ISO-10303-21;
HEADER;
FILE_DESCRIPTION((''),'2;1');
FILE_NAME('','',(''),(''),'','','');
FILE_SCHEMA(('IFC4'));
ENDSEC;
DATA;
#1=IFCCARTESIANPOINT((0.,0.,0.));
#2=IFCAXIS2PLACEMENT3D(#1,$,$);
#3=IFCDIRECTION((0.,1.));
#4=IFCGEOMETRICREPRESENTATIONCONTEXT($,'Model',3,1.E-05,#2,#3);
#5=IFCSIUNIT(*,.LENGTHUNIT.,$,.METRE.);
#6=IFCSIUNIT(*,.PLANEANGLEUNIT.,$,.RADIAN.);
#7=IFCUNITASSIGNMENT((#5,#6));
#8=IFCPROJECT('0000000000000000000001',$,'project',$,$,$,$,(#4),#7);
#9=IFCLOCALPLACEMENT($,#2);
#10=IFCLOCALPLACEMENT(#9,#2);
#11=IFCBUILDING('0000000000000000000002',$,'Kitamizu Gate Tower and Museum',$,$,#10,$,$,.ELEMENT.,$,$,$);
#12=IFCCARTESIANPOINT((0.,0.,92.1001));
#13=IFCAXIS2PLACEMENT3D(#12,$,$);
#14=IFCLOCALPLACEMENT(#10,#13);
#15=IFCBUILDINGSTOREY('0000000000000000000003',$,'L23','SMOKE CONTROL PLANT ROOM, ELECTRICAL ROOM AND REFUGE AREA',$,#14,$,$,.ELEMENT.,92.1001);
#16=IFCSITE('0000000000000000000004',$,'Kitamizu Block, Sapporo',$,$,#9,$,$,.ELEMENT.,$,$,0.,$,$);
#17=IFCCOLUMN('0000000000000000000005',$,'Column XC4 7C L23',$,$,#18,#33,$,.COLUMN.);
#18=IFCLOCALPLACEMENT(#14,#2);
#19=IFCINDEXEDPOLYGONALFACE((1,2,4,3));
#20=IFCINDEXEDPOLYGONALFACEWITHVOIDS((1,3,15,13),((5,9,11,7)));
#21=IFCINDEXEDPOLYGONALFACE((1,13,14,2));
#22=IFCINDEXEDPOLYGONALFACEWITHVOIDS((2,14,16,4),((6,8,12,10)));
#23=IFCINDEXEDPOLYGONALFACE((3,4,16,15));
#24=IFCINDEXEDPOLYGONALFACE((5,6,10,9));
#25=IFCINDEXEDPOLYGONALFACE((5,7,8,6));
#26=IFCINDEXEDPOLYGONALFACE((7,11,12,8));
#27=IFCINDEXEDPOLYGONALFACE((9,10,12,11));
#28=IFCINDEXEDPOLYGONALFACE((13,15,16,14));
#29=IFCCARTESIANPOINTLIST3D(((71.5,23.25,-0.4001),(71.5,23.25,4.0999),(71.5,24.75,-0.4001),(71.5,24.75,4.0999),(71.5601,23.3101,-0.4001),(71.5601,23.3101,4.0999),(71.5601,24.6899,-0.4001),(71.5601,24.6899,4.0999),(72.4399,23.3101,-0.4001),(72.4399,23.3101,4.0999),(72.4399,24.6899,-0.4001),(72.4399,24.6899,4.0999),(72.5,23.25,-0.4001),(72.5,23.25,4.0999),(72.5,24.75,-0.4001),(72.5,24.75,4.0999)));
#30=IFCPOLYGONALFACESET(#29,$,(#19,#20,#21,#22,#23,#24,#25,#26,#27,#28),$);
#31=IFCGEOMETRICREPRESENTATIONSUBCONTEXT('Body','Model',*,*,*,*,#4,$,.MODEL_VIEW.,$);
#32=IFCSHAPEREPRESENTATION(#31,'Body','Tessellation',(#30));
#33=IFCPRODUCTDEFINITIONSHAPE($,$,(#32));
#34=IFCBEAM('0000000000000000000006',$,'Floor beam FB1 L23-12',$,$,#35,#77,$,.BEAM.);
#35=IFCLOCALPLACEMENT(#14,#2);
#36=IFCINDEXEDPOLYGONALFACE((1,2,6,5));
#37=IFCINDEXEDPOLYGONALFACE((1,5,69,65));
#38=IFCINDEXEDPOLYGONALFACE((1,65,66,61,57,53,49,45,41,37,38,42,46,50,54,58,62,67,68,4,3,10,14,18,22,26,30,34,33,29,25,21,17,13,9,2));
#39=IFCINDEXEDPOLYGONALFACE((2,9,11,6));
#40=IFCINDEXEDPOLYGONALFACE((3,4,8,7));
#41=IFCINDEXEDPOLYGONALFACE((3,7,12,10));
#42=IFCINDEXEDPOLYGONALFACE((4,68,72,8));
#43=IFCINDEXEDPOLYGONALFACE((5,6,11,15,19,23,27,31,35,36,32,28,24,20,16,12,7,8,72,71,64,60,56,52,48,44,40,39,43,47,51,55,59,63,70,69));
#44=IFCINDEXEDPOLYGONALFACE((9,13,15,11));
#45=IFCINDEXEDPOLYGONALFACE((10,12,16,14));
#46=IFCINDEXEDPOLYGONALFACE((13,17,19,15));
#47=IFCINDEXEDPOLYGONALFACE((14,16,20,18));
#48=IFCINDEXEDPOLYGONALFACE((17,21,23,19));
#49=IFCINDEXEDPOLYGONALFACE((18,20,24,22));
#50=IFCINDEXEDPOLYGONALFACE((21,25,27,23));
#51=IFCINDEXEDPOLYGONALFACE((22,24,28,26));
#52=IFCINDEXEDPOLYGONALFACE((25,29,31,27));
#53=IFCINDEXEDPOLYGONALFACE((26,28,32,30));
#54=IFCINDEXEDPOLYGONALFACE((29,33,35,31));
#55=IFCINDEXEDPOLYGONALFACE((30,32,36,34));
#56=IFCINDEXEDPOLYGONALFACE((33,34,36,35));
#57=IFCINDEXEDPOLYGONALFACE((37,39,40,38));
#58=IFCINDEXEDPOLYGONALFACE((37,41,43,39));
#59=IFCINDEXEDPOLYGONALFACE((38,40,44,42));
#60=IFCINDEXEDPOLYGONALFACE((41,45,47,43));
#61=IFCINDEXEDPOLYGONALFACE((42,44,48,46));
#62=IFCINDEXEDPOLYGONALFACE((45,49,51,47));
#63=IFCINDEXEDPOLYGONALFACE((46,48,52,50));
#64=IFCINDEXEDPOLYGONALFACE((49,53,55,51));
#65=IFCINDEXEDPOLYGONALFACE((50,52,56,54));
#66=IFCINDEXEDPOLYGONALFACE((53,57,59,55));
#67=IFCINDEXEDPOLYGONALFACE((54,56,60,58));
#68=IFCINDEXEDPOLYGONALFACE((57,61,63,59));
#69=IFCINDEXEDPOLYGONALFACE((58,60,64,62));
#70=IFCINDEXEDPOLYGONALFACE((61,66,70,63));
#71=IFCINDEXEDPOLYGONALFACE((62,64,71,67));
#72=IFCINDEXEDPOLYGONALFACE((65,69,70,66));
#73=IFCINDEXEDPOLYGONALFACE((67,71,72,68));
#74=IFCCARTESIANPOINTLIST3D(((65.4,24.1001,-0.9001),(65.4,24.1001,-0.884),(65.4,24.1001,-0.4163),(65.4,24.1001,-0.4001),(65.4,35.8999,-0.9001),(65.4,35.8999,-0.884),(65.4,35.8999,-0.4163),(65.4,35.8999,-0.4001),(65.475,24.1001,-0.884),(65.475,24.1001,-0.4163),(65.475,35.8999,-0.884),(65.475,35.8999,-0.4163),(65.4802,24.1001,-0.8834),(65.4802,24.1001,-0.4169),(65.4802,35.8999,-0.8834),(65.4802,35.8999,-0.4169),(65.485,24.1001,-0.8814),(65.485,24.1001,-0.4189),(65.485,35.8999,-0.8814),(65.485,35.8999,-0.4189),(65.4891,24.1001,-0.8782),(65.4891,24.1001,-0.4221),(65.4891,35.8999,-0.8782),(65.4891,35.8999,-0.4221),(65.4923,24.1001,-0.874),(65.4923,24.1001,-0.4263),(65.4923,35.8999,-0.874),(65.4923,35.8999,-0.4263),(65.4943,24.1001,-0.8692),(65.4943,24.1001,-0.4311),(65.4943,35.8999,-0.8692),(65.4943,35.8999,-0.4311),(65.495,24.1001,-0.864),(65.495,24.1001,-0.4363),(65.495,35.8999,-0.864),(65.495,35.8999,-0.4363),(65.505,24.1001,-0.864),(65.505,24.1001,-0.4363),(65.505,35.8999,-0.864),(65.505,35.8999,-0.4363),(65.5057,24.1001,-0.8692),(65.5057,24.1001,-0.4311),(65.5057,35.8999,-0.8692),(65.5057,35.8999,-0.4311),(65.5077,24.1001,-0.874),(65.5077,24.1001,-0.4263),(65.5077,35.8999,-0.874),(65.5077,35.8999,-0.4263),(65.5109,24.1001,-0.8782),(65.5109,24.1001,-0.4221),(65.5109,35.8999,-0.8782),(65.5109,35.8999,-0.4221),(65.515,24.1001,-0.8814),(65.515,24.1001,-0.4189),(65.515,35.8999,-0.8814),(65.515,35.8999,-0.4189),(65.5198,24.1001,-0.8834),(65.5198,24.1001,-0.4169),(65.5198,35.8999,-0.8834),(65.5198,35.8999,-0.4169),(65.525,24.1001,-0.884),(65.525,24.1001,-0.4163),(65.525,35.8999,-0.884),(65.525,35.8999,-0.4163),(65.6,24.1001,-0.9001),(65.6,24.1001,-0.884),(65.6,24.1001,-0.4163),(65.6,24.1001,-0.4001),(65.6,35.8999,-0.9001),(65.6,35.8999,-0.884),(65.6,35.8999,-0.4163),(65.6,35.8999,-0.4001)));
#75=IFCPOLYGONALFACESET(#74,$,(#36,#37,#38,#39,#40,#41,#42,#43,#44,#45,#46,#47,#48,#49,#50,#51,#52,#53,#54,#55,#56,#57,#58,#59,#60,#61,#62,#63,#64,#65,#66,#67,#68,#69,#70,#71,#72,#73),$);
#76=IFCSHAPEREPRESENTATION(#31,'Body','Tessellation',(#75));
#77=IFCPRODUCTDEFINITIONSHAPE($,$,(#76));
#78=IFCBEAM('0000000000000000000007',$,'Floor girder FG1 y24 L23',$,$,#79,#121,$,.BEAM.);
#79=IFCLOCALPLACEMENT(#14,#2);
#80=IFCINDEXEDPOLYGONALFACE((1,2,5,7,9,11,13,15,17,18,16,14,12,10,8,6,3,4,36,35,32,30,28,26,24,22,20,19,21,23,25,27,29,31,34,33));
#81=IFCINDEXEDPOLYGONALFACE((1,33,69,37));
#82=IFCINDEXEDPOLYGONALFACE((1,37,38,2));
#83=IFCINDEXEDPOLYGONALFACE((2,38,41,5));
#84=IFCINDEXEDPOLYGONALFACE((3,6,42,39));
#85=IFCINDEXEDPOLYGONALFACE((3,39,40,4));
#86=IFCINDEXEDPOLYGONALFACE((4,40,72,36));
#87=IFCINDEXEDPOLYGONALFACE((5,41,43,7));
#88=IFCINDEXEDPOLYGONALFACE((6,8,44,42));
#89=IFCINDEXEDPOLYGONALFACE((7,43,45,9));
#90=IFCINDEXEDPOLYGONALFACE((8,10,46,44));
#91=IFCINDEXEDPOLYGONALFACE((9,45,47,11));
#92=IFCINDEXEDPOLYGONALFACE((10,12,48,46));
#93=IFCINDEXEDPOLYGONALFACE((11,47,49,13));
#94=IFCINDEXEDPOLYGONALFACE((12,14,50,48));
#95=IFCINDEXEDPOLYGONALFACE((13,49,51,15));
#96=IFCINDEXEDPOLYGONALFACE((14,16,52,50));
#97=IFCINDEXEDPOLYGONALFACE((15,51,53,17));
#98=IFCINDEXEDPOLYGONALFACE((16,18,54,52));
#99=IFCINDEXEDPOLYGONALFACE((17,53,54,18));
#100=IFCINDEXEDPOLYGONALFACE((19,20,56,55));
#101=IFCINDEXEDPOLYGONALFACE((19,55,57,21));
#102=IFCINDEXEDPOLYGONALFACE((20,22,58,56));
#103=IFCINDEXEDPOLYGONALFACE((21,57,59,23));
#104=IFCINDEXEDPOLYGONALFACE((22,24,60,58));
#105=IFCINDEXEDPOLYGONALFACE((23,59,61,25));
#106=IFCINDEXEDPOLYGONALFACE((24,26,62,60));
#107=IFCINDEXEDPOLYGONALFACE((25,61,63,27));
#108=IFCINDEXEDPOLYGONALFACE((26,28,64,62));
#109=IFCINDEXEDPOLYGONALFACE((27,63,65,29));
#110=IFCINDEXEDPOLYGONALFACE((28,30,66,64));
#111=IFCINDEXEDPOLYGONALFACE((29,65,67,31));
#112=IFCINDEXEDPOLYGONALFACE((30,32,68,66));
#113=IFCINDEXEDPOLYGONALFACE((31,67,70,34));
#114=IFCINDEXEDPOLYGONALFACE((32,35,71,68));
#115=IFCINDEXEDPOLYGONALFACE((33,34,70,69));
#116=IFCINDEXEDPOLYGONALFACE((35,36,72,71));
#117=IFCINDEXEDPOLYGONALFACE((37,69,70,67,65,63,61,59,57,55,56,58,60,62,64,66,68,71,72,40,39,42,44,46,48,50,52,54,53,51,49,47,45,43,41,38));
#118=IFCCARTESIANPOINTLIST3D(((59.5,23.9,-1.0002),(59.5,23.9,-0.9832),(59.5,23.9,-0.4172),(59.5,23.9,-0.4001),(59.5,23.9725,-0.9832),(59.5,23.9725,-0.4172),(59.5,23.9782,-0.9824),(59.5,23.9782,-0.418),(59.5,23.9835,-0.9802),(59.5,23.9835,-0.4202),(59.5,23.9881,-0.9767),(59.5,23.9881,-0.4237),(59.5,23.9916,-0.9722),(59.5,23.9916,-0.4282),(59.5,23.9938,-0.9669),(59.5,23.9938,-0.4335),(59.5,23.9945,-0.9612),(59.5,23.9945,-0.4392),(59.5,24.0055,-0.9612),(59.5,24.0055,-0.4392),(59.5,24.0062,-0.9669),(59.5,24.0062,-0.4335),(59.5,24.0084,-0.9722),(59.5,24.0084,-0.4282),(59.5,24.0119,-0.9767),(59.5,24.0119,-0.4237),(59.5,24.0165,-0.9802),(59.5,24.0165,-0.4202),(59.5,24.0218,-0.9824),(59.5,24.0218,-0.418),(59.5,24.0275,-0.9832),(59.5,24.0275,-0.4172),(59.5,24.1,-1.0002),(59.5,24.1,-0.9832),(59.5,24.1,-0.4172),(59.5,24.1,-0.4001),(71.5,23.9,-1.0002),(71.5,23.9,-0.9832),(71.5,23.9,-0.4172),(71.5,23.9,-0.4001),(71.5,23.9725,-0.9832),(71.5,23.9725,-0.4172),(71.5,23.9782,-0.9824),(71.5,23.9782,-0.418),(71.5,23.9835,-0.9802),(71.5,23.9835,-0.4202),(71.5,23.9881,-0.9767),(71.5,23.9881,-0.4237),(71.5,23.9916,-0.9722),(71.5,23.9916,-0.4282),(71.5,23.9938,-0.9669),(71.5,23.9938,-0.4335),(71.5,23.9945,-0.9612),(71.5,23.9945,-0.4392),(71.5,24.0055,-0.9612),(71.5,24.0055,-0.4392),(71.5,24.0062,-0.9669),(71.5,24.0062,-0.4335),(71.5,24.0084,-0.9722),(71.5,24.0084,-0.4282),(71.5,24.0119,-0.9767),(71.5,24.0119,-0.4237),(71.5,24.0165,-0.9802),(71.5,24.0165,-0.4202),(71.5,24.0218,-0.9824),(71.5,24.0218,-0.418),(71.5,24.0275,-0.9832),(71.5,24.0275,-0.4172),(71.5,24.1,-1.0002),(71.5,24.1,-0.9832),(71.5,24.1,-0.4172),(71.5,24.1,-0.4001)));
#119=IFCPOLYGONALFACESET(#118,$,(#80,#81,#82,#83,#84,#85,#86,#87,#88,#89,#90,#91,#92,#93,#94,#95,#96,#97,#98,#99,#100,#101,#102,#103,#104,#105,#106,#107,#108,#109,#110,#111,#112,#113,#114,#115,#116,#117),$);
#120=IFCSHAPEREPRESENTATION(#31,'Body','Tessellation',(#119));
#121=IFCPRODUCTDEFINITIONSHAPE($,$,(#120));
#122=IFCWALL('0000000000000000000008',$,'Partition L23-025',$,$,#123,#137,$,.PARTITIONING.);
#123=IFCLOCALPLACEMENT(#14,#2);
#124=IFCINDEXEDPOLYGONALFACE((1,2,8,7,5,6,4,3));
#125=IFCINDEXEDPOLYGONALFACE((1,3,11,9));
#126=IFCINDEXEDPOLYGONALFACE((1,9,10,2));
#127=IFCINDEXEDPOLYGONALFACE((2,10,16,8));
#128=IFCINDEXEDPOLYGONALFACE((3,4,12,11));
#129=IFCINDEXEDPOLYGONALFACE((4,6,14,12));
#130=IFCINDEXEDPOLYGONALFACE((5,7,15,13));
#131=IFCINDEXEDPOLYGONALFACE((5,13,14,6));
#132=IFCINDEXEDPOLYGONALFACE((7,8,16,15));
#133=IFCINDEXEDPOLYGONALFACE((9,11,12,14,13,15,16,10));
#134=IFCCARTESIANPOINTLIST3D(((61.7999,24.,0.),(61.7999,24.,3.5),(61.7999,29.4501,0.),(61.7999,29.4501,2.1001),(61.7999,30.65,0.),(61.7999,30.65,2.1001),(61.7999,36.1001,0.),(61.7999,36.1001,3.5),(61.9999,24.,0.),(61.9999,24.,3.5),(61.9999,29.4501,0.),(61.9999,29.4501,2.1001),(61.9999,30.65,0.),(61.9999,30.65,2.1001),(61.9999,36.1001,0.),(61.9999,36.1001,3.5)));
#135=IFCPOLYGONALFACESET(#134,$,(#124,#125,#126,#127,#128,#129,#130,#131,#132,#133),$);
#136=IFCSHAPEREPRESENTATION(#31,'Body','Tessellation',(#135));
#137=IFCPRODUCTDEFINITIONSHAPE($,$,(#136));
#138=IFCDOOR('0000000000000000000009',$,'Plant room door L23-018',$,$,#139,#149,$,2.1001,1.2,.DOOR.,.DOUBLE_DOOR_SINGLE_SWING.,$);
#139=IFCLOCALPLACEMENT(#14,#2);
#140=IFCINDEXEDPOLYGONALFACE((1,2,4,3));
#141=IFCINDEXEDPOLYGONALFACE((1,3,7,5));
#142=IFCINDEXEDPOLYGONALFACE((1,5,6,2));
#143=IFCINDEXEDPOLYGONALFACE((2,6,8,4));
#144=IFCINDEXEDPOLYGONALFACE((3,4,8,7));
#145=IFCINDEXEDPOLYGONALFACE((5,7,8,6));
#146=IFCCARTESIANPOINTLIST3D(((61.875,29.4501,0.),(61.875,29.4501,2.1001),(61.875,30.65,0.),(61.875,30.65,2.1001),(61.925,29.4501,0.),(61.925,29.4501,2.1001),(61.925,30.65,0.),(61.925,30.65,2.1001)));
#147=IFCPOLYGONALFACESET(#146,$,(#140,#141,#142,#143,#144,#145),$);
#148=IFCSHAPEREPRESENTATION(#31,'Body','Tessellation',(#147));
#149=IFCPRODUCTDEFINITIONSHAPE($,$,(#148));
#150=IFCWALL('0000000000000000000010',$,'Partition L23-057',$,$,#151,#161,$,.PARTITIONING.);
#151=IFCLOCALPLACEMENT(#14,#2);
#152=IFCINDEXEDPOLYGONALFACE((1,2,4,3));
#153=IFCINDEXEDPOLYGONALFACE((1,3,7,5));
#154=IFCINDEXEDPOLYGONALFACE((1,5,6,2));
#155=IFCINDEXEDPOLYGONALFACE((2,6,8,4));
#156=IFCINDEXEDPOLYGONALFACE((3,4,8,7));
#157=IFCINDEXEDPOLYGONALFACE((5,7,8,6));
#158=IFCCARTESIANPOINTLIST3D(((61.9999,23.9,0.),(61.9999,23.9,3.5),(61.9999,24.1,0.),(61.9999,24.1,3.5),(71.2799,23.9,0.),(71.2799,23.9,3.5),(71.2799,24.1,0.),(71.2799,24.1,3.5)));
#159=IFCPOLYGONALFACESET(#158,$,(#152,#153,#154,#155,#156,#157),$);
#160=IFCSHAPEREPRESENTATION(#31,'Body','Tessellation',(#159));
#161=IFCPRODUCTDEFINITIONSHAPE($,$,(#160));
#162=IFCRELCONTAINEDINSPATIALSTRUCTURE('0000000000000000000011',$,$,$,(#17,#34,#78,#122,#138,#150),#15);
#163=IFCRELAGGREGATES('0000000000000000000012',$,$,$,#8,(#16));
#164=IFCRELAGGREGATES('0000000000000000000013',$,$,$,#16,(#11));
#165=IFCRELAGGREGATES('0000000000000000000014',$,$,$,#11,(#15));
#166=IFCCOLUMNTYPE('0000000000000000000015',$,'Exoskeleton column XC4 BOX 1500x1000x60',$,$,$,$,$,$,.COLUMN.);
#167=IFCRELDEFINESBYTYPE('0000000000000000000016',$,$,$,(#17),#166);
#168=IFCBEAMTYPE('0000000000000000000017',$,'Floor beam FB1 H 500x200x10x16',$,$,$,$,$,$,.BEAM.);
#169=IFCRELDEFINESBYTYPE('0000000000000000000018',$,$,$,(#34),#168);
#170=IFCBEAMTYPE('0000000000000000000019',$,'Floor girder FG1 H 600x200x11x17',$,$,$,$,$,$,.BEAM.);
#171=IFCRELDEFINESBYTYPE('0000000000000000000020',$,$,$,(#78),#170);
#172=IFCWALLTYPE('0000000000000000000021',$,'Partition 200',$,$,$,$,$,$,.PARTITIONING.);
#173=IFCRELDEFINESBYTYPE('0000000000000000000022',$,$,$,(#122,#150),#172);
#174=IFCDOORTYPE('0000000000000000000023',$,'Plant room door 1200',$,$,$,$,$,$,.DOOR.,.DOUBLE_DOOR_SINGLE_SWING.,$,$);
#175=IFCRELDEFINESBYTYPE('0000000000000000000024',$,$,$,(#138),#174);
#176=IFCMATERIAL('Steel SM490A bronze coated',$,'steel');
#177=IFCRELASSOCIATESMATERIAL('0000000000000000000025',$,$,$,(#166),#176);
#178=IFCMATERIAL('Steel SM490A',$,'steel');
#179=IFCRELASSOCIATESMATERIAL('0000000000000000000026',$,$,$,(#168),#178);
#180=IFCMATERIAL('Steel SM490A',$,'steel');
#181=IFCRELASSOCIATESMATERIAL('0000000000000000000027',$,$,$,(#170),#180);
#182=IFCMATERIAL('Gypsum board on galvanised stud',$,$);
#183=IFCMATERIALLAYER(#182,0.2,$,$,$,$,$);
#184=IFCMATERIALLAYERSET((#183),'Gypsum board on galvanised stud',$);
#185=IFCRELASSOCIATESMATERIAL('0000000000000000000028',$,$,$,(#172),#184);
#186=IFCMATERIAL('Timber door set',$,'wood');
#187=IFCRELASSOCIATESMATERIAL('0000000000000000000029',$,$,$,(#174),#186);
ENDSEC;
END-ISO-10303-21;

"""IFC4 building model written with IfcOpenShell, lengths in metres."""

from ifc_helpers import new_model, si_unit, direction, frame, frame_2d, origin, origin_2d, place, context, subcontext, project, spatial, rectangle, hollow_rectangle, i_section, extrude, material, layer, layer_set, material_profile, profile_set, type_object, element, fill, save


model = new_model("IFC4")

# Units and contexts
model_context = context("Model", 3, precision=1e-05, world=origin(), true_north=direction((0.0, 1.0)))
body_context = subcontext(model_context, "Body", "Model", "MODEL_VIEW")
ifc_project = project(units=[si_unit("LENGTHUNIT", "METRE"), si_unit("PLANEANGLEUNIT", "RADIAN")], contexts=[model_context])

# Site, building, storey
site_placement = place(None, origin())
site = spatial("IfcSite", under=ifc_project, at=site_placement, Name="Kitamizu Block, Sapporo", CompositionType="ELEMENT", RefElevation=0.0)
building_placement = place(site_placement, origin())
building = spatial("IfcBuilding", under=site, at=building_placement, Name="Kitamizu Gate Tower and Museum", CompositionType="ELEMENT")
storey_placement = place(building_placement, frame((0.0, 0.0, 92.1001)))
storey = spatial("IfcBuildingStorey", under=building, at=storey_placement, Name="L23", Description="SMOKE CONTROL PLANT ROOM, ELECTRICAL ROOM AND REFUGE AREA", CompositionType="ELEMENT", Elevation=92.1001)

# Column
ifc_material_1 = material(Name="Steel SM490A bronze coated", Category="steel")
ifc_material_profile_1 = material_profile(ifc_material_1, hollow_rectangle(XDim=1.5, YDim=1.0, WallThickness=0.0601, at=origin_2d()), Name="BOX 1500x1000x60")
ifc_profile_set_1 = profile_set([ifc_material_profile_1], Name="Steel SM490A bronze coated")
column_type = type_object("IfcColumnType", Name="Exoskeleton column XC4 BOX 1500x1000x60", PredefinedType="COLUMN", material=ifc_profile_set_1)
column_placement = place(storey_placement, frame((72.0, 24.0, -0.4001), z_axis=(0.0, 0.0, 1.0), x_axis=(0.0, 1.0, 0.0)))
element("IfcColumn", 1, at=column_placement, inside=storey, type_object=column_type, Name="Column XC4 7C L23", PredefinedType="COLUMN", context=body_context, shape_type="SweptSolid", body=[
    extrude(hollow_rectangle(XDim=1.5, YDim=1.0, WallThickness=0.0601, at=origin_2d()), origin(), (0.0, 0.0, 1.0), 4.5),
])

# Beams
ifc_material_2 = material(Name="Steel SM490A", Category="steel")
ifc_material_profile_2 = material_profile(ifc_material_2, i_section(OverallWidth=0.2, OverallDepth=0.5, WebThickness=0.01, FlangeThickness=0.0161, FilletRadius=0.02, at=origin_2d()), Name="H-500x200x10x16")
ifc_profile_set_2 = profile_set([ifc_material_profile_2], Name="Steel SM490A")
beam_type_1 = type_object("IfcBeamType", Name="Floor beam FB1 H 500x200x10x16", PredefinedType="BEAM", material=ifc_profile_set_2)
beam_1_placement = place(storey_placement, frame((65.5, 24.1001, -0.6501), z_axis=(0.0, 1.0, 0.0), x_axis=(-1.0, 0.0, 0.0)))
element("IfcBeam", 2, at=beam_1_placement, inside=storey, type_object=beam_type_1, Name="Floor beam FB1 L23-12", PredefinedType="BEAM", context=body_context, shape_type="SweptSolid", body=[
    extrude(i_section(OverallWidth=0.2, OverallDepth=0.5, WebThickness=0.01, FlangeThickness=0.0161, FilletRadius=0.02, at=origin_2d()), origin(), (0.0, 0.0, 1.0), 11.7998),
])
ifc_material_3 = material(Name="Steel SM490A", Category="steel")
ifc_material_profile_3 = material_profile(ifc_material_3, i_section(OverallWidth=0.2, OverallDepth=0.6001, WebThickness=0.011, FlangeThickness=0.0171, FilletRadius=0.022, at=origin_2d()), Name="H-600x200x11x17")
ifc_profile_set_3 = profile_set([ifc_material_profile_3], Name="Steel SM490A")
beam_type_2 = type_object("IfcBeamType", Name="Floor girder FG1 H 600x200x11x17", PredefinedType="BEAM", material=ifc_profile_set_3)
beam_2_placement = place(storey_placement, frame((59.5, 24.0, -0.7002), z_axis=(1.0, 0.0, 0.0), x_axis=(0.0, 1.0, 0.0)))
element("IfcBeam", 3, at=beam_2_placement, inside=storey, type_object=beam_type_2, Name="Floor girder FG1 y24 L23", PredefinedType="BEAM", context=body_context, shape_type="SweptSolid", body=[
    extrude(i_section(OverallWidth=0.2, OverallDepth=0.6001, WebThickness=0.011, FlangeThickness=0.0171, FilletRadius=0.022, at=origin_2d()), origin(), (0.0, 0.0, 1.0), 12.0),
])

# Wall, opening, door
ifc_material_4 = material(Name="Gypsum board on galvanised stud")
ifc_layer_1 = layer(ifc_material_4, 0.2)
ifc_layer_set_1 = layer_set([ifc_layer_1], Name="Gypsum board on galvanised stud")
wall_type_1 = type_object("IfcWallType", Name="Partition 200", PredefinedType="PARTITIONING", material=ifc_layer_set_1)
wall_1_placement = place(storey_placement, frame((61.8999, 24.0, 0.0), z_axis=(0.0, 0.0, 1.0), x_axis=(0.0, 1.0, 0.0)))
wall_1 = element("IfcWall", 4, at=wall_1_placement, inside=storey, type_object=wall_type_1, Name="Partition L23-025", PredefinedType="PARTITIONING", context=body_context, shape_type="SweptSolid", body=[
    extrude(rectangle(XDim=12.1001, YDim=0.2, at=frame_2d((6.05, 0.0))), origin(), (0.0, 0.0, 1.0), 3.5),
])
opening_1_placement = place(wall_1_placement, frame((5.45, 0.0, 0.0)))
opening_1 = element("IfcOpeningElement", 5, at=opening_1_placement, cuts=wall_1, PredefinedType="OPENING", context=body_context, shape_type="SweptSolid", body=[
    extrude(rectangle(XDim=1.2, YDim=2.1001, at=frame_2d((0.6001, 1.05))), frame((0.0, 0.1099, 0.0), z_axis=(0.0, -1.0, 0.0), x_axis=(1.0, 0.0, 0.0)), (0.0, 0.0, 1.0), 0.22),
])
ifc_material_5 = material(Name="Timber door set", Category="wood")
door_type = type_object("IfcDoorType", Name="Plant room door 1200", OperationType="DOUBLE_DOOR_SINGLE_SWING", PredefinedType="DOOR", material=ifc_material_5)
door_placement = place(opening_1_placement, origin())
door = element("IfcDoor", 6, at=door_placement, inside=storey, type_object=door_type, Name="Plant room door L23-018", OperationType="DOUBLE_DOOR_SINGLE_SWING", OverallHeight=2.1001, OverallWidth=1.2, PredefinedType="DOOR", context=body_context, shape_type="SweptSolid", body=[
    extrude(rectangle(XDim=1.2, YDim=2.1001, at=frame_2d((0.6001, 1.05))), frame((0.0, 0.0249, 0.0), z_axis=(0.0, -1.0, 0.0), x_axis=(1.0, 0.0, 0.0)), (0.0, 0.0, 1.0), 0.05),
])
fill(opening_1, door)

# Wall
wall_2_placement = place(storey_placement, frame((71.28, 24.0, 0.0), z_axis=(0.0, 0.0, 1.0), x_axis=(-1.0, 0.0, 0.0)))
element("IfcWall", 7, at=wall_2_placement, inside=storey, type_object=wall_type_1, Name="Partition L23-057", PredefinedType="PARTITIONING", context=body_context, shape_type="SweptSolid", body=[
    extrude(rectangle(XDim=9.28, YDim=0.2, at=frame_2d((4.6401, 0.0))), origin(), (0.0, 0.0, 1.0), 3.5),
])

save(model, "model.ifc")
